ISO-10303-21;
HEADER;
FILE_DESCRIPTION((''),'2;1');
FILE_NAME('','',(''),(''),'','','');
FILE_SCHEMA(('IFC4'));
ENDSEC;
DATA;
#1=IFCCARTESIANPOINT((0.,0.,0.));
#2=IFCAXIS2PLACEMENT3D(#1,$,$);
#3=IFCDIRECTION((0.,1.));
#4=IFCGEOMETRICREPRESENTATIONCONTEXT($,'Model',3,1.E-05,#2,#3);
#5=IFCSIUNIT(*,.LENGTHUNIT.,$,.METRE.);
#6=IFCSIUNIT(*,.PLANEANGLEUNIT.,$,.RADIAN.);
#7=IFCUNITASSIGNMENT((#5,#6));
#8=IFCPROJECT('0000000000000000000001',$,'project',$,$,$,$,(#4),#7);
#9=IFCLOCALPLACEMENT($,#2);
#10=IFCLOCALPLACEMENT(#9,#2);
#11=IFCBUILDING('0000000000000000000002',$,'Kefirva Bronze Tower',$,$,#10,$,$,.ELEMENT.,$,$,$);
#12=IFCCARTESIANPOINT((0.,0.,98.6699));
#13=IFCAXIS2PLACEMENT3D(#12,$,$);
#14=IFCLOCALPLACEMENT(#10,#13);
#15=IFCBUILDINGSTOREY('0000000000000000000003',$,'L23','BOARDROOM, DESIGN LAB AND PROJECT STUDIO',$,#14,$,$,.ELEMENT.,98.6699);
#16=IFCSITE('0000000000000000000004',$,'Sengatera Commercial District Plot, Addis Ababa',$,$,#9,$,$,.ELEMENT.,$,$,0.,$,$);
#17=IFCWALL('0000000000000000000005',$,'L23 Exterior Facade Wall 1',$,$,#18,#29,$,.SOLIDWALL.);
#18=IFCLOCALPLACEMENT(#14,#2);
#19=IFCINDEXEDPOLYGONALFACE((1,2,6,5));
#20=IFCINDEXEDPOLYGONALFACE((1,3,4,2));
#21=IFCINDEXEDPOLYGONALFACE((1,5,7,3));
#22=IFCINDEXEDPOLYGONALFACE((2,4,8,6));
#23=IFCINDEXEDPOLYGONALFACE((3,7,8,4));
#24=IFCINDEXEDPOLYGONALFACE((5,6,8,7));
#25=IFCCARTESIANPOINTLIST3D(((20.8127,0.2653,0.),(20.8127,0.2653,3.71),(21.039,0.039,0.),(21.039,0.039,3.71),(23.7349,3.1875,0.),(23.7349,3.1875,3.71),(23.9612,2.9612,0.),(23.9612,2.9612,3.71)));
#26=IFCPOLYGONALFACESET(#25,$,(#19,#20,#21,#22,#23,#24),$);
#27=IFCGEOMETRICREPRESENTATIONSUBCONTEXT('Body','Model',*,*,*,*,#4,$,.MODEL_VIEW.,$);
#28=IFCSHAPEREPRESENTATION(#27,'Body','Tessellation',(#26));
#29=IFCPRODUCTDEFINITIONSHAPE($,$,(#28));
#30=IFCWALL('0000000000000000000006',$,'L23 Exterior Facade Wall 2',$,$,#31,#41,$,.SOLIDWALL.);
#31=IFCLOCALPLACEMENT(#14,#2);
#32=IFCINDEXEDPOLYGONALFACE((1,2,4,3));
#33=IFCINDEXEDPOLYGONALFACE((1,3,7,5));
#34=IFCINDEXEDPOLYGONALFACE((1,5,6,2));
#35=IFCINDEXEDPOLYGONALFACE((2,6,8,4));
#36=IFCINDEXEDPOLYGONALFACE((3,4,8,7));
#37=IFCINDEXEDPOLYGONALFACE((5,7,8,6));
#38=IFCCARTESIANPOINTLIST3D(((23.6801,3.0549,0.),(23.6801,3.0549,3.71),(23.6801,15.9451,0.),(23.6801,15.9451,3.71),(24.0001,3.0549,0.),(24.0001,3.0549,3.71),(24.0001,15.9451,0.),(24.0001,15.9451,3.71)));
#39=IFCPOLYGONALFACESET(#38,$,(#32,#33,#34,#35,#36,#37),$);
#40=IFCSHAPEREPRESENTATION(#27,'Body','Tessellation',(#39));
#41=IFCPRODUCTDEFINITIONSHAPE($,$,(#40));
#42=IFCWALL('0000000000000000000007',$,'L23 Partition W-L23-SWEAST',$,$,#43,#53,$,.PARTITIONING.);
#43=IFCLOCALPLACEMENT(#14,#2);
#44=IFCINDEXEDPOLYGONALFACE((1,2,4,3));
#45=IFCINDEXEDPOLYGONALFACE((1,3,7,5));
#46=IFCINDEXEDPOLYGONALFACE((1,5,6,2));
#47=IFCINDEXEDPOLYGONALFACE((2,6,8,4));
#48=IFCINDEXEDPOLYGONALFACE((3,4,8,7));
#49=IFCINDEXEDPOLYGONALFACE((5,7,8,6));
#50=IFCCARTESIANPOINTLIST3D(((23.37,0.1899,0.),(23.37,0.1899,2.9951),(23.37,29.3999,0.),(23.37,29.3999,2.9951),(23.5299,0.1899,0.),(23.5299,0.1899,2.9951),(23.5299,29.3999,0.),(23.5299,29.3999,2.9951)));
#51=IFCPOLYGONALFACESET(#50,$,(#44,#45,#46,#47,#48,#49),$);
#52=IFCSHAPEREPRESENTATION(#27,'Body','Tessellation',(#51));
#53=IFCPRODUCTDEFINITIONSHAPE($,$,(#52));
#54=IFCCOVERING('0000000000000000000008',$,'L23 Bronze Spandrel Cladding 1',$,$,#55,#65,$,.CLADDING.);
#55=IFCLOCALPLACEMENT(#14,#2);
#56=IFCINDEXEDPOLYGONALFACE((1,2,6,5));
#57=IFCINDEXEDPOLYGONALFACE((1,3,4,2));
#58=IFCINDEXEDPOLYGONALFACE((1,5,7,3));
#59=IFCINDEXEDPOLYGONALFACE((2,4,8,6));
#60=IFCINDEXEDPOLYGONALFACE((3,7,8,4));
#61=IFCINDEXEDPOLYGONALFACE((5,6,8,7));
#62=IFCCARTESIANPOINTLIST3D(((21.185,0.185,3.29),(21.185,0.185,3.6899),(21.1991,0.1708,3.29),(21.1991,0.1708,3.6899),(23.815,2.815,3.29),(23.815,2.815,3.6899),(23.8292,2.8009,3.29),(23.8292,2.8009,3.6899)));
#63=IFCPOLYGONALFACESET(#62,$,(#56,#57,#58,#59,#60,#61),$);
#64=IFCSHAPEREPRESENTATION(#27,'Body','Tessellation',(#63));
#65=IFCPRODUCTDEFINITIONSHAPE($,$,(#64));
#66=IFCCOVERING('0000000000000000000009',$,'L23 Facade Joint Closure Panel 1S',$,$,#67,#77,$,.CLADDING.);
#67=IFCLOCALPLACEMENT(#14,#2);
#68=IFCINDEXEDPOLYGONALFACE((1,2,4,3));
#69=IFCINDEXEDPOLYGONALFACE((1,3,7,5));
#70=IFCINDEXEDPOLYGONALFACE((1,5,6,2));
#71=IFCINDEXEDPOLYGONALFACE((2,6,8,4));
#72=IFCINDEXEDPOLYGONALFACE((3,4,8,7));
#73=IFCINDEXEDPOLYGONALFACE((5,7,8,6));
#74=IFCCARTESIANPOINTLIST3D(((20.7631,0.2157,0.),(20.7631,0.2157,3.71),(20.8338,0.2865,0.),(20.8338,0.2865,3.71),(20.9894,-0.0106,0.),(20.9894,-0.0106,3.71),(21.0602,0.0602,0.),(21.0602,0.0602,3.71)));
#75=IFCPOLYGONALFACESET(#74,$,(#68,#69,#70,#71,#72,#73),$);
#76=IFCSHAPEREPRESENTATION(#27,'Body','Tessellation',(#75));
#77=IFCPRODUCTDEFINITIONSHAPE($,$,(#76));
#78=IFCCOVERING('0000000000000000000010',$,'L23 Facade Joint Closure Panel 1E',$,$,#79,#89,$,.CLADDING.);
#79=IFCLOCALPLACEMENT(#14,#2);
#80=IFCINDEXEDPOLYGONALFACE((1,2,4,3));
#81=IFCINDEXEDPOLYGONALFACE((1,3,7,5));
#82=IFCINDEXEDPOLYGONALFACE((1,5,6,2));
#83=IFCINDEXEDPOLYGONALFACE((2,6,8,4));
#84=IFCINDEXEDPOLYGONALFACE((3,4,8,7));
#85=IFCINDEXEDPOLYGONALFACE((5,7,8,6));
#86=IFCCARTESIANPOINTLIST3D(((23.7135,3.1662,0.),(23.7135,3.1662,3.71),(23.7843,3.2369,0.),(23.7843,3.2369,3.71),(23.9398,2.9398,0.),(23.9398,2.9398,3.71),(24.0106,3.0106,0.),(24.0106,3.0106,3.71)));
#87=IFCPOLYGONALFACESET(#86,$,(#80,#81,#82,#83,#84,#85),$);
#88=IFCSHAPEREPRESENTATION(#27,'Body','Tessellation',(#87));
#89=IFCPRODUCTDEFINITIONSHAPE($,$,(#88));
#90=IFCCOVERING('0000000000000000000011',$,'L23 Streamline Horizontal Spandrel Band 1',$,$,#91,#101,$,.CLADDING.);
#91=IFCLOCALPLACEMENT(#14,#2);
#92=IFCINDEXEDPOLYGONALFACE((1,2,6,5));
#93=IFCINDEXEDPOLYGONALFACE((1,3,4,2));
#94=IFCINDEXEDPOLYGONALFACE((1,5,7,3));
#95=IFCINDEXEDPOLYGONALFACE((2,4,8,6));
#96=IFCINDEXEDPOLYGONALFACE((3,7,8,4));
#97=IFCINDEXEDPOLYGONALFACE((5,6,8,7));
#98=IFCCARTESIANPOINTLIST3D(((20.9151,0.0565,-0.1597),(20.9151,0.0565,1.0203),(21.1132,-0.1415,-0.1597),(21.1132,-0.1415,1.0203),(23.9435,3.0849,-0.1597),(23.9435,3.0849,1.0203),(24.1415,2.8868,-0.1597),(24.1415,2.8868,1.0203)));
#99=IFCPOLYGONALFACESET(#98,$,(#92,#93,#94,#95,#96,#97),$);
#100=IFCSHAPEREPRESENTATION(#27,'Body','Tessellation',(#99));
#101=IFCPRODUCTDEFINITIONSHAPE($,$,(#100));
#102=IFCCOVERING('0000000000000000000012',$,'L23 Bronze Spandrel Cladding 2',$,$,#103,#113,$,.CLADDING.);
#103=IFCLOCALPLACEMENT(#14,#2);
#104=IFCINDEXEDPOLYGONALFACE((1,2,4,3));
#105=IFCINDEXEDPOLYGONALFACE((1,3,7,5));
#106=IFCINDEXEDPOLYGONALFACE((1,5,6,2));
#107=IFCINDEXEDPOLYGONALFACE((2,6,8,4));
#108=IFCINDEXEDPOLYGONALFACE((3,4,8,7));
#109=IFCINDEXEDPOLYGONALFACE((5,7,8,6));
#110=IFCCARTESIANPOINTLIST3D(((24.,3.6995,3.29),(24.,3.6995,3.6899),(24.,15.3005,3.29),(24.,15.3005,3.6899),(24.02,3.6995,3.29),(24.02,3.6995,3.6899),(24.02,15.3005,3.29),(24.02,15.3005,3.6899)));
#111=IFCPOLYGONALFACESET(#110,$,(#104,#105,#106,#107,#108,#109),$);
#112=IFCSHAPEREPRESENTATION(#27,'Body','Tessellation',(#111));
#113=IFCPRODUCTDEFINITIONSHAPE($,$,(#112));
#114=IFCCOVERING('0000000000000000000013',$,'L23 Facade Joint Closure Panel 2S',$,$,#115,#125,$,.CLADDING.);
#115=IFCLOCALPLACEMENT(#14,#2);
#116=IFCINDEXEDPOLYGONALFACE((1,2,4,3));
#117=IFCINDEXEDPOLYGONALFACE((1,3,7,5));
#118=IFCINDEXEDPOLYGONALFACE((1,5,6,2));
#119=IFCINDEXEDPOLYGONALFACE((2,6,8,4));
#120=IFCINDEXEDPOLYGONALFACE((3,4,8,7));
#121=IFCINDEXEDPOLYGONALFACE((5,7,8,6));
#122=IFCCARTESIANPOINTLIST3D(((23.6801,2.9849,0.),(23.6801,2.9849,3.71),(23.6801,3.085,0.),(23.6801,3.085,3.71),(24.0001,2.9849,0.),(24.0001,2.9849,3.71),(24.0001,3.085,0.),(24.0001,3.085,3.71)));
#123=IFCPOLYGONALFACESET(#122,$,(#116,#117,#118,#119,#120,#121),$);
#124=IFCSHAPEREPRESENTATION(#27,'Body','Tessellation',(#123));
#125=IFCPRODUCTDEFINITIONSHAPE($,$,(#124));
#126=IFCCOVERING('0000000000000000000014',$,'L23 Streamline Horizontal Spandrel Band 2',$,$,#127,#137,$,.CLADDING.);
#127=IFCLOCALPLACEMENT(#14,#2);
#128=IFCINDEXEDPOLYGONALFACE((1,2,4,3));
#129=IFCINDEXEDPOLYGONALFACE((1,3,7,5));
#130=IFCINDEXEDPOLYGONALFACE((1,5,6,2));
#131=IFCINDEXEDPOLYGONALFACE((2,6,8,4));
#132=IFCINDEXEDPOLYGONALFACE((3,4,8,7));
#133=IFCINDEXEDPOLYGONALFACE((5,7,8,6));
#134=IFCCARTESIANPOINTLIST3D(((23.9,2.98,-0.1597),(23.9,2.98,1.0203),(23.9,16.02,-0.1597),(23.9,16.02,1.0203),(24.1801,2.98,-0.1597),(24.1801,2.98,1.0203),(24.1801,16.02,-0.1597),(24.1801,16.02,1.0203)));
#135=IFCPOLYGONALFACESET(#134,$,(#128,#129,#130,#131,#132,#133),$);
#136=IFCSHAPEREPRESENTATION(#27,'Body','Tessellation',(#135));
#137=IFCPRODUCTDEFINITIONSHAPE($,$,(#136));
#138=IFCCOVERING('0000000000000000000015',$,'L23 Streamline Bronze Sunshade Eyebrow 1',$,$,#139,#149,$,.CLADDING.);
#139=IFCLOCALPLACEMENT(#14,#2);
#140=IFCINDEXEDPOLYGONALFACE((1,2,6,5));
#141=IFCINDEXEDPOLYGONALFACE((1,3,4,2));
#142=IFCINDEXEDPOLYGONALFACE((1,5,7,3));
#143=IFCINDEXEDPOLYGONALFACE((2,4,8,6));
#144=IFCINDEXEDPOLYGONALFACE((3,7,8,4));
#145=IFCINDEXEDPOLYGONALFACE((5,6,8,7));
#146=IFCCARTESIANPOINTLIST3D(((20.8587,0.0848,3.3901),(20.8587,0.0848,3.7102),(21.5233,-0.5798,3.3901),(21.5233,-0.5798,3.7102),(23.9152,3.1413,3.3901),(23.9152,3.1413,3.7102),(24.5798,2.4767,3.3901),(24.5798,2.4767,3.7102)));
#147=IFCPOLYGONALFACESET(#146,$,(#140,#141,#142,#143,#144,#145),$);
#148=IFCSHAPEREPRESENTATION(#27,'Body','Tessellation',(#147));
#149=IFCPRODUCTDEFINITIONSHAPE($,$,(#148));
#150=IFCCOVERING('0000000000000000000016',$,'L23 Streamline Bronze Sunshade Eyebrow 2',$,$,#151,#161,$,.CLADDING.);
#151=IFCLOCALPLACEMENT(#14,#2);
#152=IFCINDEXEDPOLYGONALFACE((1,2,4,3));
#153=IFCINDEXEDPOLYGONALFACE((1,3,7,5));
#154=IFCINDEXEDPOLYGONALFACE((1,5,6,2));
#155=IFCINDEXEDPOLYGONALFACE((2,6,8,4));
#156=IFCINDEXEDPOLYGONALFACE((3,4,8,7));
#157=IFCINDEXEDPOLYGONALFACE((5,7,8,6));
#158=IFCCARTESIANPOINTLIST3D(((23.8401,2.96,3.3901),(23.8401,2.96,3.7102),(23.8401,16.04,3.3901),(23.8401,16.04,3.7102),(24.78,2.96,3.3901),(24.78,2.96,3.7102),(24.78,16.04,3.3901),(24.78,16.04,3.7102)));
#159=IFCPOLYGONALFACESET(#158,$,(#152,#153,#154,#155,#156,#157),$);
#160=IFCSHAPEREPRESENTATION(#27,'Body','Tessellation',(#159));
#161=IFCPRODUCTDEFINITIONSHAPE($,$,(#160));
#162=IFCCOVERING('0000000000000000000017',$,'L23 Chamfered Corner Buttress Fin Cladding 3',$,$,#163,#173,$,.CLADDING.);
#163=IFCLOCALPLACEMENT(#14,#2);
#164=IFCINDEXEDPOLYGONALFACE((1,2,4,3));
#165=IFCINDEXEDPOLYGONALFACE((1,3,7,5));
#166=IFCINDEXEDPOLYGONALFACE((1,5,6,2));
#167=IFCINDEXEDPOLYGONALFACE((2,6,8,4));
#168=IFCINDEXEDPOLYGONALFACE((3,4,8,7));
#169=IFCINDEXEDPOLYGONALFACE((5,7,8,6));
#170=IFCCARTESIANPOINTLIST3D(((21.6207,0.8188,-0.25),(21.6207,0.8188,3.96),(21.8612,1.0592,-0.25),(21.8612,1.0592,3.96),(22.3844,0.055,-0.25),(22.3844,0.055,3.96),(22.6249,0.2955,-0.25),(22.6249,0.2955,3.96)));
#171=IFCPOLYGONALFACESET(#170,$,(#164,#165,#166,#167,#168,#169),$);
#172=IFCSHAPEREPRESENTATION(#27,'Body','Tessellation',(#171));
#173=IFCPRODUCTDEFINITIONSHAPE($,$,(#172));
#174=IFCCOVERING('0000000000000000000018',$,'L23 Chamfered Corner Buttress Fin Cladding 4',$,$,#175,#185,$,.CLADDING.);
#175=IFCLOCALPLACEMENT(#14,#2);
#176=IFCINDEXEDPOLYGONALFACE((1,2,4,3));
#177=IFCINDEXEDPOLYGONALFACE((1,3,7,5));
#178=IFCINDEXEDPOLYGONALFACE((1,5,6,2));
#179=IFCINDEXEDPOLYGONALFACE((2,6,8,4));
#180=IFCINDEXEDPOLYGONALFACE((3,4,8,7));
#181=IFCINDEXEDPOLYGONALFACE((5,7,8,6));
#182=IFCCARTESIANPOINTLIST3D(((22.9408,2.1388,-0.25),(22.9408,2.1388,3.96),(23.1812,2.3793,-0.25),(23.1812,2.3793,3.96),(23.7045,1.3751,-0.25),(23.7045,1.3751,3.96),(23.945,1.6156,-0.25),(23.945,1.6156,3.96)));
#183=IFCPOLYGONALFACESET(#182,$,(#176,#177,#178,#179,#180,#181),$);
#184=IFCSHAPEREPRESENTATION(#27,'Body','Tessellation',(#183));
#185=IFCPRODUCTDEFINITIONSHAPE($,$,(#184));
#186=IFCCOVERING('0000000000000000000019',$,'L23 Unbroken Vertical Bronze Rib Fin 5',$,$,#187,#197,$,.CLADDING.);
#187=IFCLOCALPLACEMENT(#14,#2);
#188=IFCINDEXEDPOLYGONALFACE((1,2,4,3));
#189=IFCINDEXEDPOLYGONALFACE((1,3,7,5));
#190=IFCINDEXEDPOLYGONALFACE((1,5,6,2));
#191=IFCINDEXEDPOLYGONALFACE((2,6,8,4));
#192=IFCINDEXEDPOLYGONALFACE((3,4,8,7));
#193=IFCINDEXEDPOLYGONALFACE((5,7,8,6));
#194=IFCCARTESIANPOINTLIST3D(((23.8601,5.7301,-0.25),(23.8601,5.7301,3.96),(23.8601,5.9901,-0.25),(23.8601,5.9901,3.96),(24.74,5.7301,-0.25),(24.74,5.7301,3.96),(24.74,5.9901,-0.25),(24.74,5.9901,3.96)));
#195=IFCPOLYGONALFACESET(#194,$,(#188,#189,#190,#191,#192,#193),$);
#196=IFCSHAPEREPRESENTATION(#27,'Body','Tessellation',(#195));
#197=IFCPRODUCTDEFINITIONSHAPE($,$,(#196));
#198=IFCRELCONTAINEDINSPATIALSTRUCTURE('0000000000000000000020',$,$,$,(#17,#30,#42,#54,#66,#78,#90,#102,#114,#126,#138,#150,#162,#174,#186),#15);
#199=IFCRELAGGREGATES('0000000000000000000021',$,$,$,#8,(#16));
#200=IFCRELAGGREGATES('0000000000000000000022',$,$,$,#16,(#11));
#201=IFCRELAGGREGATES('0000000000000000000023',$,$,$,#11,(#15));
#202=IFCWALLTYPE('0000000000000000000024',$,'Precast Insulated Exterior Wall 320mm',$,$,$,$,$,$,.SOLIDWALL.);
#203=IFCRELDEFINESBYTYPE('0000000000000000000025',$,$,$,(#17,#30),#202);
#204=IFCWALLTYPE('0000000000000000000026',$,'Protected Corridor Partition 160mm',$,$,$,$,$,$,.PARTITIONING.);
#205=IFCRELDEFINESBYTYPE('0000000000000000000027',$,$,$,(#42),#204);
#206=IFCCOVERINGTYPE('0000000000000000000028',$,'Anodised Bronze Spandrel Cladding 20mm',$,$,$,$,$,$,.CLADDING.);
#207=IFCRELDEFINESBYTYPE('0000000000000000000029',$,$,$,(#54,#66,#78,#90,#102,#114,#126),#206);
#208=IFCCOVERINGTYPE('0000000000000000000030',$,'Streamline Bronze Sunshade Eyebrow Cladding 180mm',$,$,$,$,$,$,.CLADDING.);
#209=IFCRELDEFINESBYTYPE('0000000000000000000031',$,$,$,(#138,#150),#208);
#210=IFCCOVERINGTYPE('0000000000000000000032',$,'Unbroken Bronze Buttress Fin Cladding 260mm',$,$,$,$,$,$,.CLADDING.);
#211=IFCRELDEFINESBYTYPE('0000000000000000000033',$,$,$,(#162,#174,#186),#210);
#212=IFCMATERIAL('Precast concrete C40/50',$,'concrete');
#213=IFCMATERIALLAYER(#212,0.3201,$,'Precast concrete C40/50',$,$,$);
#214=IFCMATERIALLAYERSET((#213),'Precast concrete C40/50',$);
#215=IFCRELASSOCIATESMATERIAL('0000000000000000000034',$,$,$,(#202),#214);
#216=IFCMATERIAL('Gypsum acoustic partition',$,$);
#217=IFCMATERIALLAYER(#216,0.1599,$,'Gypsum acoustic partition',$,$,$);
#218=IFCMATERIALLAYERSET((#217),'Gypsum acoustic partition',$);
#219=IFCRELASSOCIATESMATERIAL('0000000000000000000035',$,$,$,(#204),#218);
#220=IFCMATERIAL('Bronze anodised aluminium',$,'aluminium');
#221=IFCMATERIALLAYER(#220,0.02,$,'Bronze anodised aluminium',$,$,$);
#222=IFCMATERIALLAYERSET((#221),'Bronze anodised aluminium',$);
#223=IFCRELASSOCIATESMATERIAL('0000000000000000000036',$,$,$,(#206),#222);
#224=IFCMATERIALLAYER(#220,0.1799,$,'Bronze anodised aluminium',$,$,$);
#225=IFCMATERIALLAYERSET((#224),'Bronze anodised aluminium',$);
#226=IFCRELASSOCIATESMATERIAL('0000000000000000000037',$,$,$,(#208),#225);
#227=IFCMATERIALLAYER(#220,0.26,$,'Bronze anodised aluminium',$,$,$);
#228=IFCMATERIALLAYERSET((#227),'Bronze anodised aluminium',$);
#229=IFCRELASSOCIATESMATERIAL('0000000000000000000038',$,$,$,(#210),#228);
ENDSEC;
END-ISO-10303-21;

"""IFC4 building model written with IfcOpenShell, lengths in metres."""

from ifc_helpers import new_model, si_unit, direction, frame, frame_2d, origin, origin_2d, place, context, subcontext, project, spatial, rectangle, extrude, material, layer, layer_set, type_object, element, save


model = new_model("IFC4")

# Units and contexts
model_context = context("Model", 3, precision=1e-05, world=origin(), true_north=direction((0.0, 1.0)))
body_context = subcontext(model_context, "Body", "Model", "MODEL_VIEW")
ifc_project = project(units=[si_unit("LENGTHUNIT", "METRE"), si_unit("PLANEANGLEUNIT", "RADIAN")], contexts=[model_context])

# Site, building, storey
site_placement = place(None, origin())
site = spatial("IfcSite", under=ifc_project, at=site_placement, Name="Sengatera Commercial District Plot, Addis Ababa", CompositionType="ELEMENT", RefElevation=0.0)
building_placement = place(site_placement, origin())
building = spatial("IfcBuilding", under=site, at=building_placement, Name="Kefirva Bronze Tower", CompositionType="ELEMENT")
storey_placement = place(building_placement, frame((0.0, 0.0, 98.6699)))
storey = spatial("IfcBuildingStorey", under=building, at=storey_placement, Name="L23", Description="BOARDROOM, DESIGN LAB AND PROJECT STUDIO", CompositionType="ELEMENT", Elevation=98.6699)

# Shared definitions
ifc_material_1 = material(Name="Bronze anodised aluminium", Category="aluminium")

# Walls
ifc_material_2 = material(Name="Precast concrete C40/50", Category="concrete")
ifc_layer_1 = layer(ifc_material_2, 0.3201, Name="Precast concrete C40/50")
ifc_layer_set_1 = layer_set([ifc_layer_1], Name="Precast concrete C40/50")
wall_type_1 = type_object("IfcWallType", Name="Precast Insulated Exterior Wall 320mm", PredefinedType="SOLIDWALL", material=ifc_layer_set_1)
wall_1_placement = place(storey_placement, frame((20.9258, 0.1521, 0.0), z_axis=(0.0, 0.0, 1.0), x_axis=(0.707107, 0.707107, 0.0)))
element("IfcWall", 1, at=wall_1_placement, inside=storey, type_object=wall_type_1, Name="L23 Exterior Facade Wall 1", PredefinedType="SOLIDWALL", context=body_context, shape_type="SweptSolid", body=[
    extrude(rectangle(XDim=4.1326, YDim=0.3201, at=frame_2d((2.0664, 0.0))), origin(), (0.0, 0.0, 1.0), 3.71),
])
wall_2_placement = place(storey_placement, frame((23.8401, 3.0549, 0.0), z_axis=(0.0, 0.0, 1.0), x_axis=(0.0, 1.0, 0.0)))
element("IfcWall", 2, at=wall_2_placement, inside=storey, type_object=wall_type_1, Name="L23 Exterior Facade Wall 2", PredefinedType="SOLIDWALL", context=body_context, shape_type="SweptSolid", body=[
    extrude(rectangle(XDim=12.8901, YDim=0.3201, at=frame_2d((6.4451, 0.0))), origin(), (0.0, 0.0, 1.0), 3.71),
])
ifc_material_3 = material(Name="Gypsum acoustic partition")
ifc_layer_2 = layer(ifc_material_3, 0.1599, Name="Gypsum acoustic partition")
ifc_layer_set_2 = layer_set([ifc_layer_2], Name="Gypsum acoustic partition")
wall_type_2 = type_object("IfcWallType", Name="Protected Corridor Partition 160mm", PredefinedType="PARTITIONING", material=ifc_layer_set_2)
wall_3_placement = place(storey_placement, frame((23.45, 0.1899, 0.0), z_axis=(0.0, 0.0, 1.0), x_axis=(0.0, 1.0, 0.0)))
element("IfcWall", 3, at=wall_3_placement, inside=storey, type_object=wall_type_2, Name="L23 Partition W-L23-SWEAST", PredefinedType="PARTITIONING", context=body_context, shape_type="SweptSolid", body=[
    extrude(rectangle(XDim=29.21, YDim=0.1599, at=frame_2d((14.605, 0.0))), origin(), (0.0, 0.0, 1.0), 2.9951),
])

# Coverings
ifc_layer_3 = layer(ifc_material_1, 0.02, Name="Bronze anodised aluminium")
ifc_layer_set_3 = layer_set([ifc_layer_3], Name="Bronze anodised aluminium")
covering_type_1 = type_object("IfcCoveringType", Name="Anodised Bronze Spandrel Cladding 20mm", PredefinedType="CLADDING", material=ifc_layer_set_3)
covering_1_placement = place(storey_placement, frame((22.5071, 1.4929, 3.29), z_axis=(0.0, 0.0, 1.0), x_axis=(0.707107, 0.707107, 0.0)))
element("IfcCovering", 4, at=covering_1_placement, inside=storey, type_object=covering_type_1, Name="L23 Bronze Spandrel Cladding 1", PredefinedType="CLADDING", context=body_context, shape_type="SweptSolid", body=[
    extrude(rectangle(XDim=3.7195, YDim=0.02, at=origin_2d()), origin(), (0.0, 0.0, 1.0), 0.3999),
])
for number, where, z_axis, x_axis, name in (
    (5, (20.9116, 0.1379, 0.0), (0.0, 0.0, 1.0), (0.707107, 0.707107, 0.0), "L23 Facade Joint Closure Panel 1S"),
    (6, (23.8621, 3.0884, 0.0), (0.0, 0.0, 1.0), (0.707107, 0.707107, 0.0), "L23 Facade Joint Closure Panel 1E"),
):
    element("IfcCovering", number, at=place(storey_placement, frame(where, z_axis=z_axis, x_axis=x_axis)), inside=storey, type_object=covering_type_1, Name=name, PredefinedType="CLADDING", context=body_context, shape_type="SweptSolid", body=[
        extrude(rectangle(XDim=0.1001, YDim=0.3201, at=origin_2d()), origin(), (0.0, 0.0, 1.0), 3.71),
    ])
covering_2_placement = place(storey_placement, frame((22.5283, 1.4717, -0.1597), z_axis=(0.0, 0.0, 1.0), x_axis=(0.707107, 0.707107, 0.0)))
element("IfcCovering", 7, at=covering_2_placement, inside=storey, type_object=covering_type_1, Name="L23 Streamline Horizontal Spandrel Band 1", PredefinedType="CLADDING", context=body_context, shape_type="SweptSolid", body=[
    extrude(rectangle(XDim=4.2827, YDim=0.28, at=origin_2d()), origin(), (0.0, 0.0, 1.0), 1.1799),
])
covering_3_placement = place(storey_placement, frame((24.01, 9.5, 3.29), z_axis=(0.0, 0.0, 1.0), x_axis=(0.0, 1.0, 0.0)))
element("IfcCovering", 8, at=covering_3_placement, inside=storey, type_object=covering_type_1, Name="L23 Bronze Spandrel Cladding 2", PredefinedType="CLADDING", context=body_context, shape_type="SweptSolid", body=[
    extrude(rectangle(XDim=11.6011, YDim=0.02, at=origin_2d()), origin(), (0.0, 0.0, 1.0), 0.3999),
])
covering_4_placement = place(storey_placement, frame((23.8401, 3.0349, 0.0), z_axis=(0.0, 0.0, 1.0), x_axis=(0.0, 1.0, 0.0)))
element("IfcCovering", 9, at=covering_4_placement, inside=storey, type_object=covering_type_1, Name="L23 Facade Joint Closure Panel 2S", PredefinedType="CLADDING", context=body_context, shape_type="SweptSolid", body=[
    extrude(rectangle(XDim=0.1001, YDim=0.3201, at=origin_2d()), origin(), (0.0, 0.0, 1.0), 3.71),
])
covering_5_placement = place(storey_placement, frame((24.04, 9.5, -0.1597), z_axis=(0.0, 0.0, 1.0), x_axis=(0.0, 1.0, 0.0)))
element("IfcCovering", 10, at=covering_5_placement, inside=storey, type_object=covering_type_1, Name="L23 Streamline Horizontal Spandrel Band 2", PredefinedType="CLADDING", context=body_context, shape_type="SweptSolid", body=[
    extrude(rectangle(XDim=13.04, YDim=0.28, at=origin_2d()), origin(), (0.0, 0.0, 1.0), 1.1799),
])
ifc_layer_4 = layer(ifc_material_1, 0.1799, Name="Bronze anodised aluminium")
ifc_layer_set_4 = layer_set([ifc_layer_4], Name="Bronze anodised aluminium")
covering_type_2 = type_object("IfcCoveringType", Name="Streamline Bronze Sunshade Eyebrow Cladding 180mm", PredefinedType="CLADDING", material=ifc_layer_set_4)
covering_6_placement = place(storey_placement, frame((22.7192, 1.2808, 3.3901), z_axis=(0.0, 0.0, 1.0), x_axis=(0.707107, 0.707107, 0.0)))
element("IfcCovering", 11, at=covering_6_placement, inside=storey, type_object=covering_type_2, Name="L23 Streamline Bronze Sunshade Eyebrow 1", PredefinedType="CLADDING", context=body_context, shape_type="SweptSolid", body=[
    extrude(rectangle(XDim=4.3225, YDim=0.9399, at=origin_2d()), origin(), (0.0, 0.0, 1.0), 0.3201),
])
covering_7_placement = place(storey_placement, frame((24.3101, 9.5, 3.3901), z_axis=(0.0, 0.0, 1.0), x_axis=(0.0, 1.0, 0.0)))
element("IfcCovering", 12, at=covering_7_placement, inside=storey, type_object=covering_type_2, Name="L23 Streamline Bronze Sunshade Eyebrow 2", PredefinedType="CLADDING", context=body_context, shape_type="SweptSolid", body=[
    extrude(rectangle(XDim=13.0801, YDim=0.9399, at=origin_2d()), origin(), (0.0, 0.0, 1.0), 0.3201),
])
ifc_layer_5 = layer(ifc_material_1, 0.26, Name="Bronze anodised aluminium")
ifc_layer_set_5 = layer_set([ifc_layer_5], Name="Bronze anodised aluminium")
covering_type_3 = type_object("IfcCoveringType", Name="Unbroken Bronze Buttress Fin Cladding 260mm", PredefinedType="CLADDING", material=ifc_layer_set_5)
for number, where, z_axis, x_axis, name in (
    (13, (22.1228, 0.5571, -0.25), (0.0, 0.0, 1.0), (0.707107, 0.707107, 0.0), "L23 Chamfered Corner Buttress Fin Cladding 3"),
    (14, (23.4429, 1.8772, -0.25), (0.0, 0.0, 1.0), (0.707107, 0.707107, 0.0), "L23 Chamfered Corner Buttress Fin Cladding 4"),
):
    element("IfcCovering", number, at=place(storey_placement, frame(where, z_axis=z_axis, x_axis=x_axis)), inside=storey, type_object=covering_type_3, Name=name, PredefinedType="CLADDING", context=body_context, shape_type="SweptSolid", body=[
        extrude(rectangle(XDim=0.3401, YDim=1.0801, at=origin_2d()), origin(), (0.0, 0.0, 1.0), 4.21),
    ])
covering_8_placement = place(storey_placement, frame((24.3, 5.8601, -0.25), z_axis=(0.0, 0.0, 1.0), x_axis=(0.0, 1.0, 0.0)))
element("IfcCovering", 15, at=covering_8_placement, inside=storey, type_object=covering_type_3, Name="L23 Unbroken Vertical Bronze Rib Fin 5", PredefinedType="CLADDING", context=body_context, shape_type="SweptSolid", body=[
    extrude(rectangle(XDim=0.26, YDim=0.8799, at=origin_2d()), origin(), (0.0, 0.0, 1.0), 4.21),
])

save(model, "model.ifc")
